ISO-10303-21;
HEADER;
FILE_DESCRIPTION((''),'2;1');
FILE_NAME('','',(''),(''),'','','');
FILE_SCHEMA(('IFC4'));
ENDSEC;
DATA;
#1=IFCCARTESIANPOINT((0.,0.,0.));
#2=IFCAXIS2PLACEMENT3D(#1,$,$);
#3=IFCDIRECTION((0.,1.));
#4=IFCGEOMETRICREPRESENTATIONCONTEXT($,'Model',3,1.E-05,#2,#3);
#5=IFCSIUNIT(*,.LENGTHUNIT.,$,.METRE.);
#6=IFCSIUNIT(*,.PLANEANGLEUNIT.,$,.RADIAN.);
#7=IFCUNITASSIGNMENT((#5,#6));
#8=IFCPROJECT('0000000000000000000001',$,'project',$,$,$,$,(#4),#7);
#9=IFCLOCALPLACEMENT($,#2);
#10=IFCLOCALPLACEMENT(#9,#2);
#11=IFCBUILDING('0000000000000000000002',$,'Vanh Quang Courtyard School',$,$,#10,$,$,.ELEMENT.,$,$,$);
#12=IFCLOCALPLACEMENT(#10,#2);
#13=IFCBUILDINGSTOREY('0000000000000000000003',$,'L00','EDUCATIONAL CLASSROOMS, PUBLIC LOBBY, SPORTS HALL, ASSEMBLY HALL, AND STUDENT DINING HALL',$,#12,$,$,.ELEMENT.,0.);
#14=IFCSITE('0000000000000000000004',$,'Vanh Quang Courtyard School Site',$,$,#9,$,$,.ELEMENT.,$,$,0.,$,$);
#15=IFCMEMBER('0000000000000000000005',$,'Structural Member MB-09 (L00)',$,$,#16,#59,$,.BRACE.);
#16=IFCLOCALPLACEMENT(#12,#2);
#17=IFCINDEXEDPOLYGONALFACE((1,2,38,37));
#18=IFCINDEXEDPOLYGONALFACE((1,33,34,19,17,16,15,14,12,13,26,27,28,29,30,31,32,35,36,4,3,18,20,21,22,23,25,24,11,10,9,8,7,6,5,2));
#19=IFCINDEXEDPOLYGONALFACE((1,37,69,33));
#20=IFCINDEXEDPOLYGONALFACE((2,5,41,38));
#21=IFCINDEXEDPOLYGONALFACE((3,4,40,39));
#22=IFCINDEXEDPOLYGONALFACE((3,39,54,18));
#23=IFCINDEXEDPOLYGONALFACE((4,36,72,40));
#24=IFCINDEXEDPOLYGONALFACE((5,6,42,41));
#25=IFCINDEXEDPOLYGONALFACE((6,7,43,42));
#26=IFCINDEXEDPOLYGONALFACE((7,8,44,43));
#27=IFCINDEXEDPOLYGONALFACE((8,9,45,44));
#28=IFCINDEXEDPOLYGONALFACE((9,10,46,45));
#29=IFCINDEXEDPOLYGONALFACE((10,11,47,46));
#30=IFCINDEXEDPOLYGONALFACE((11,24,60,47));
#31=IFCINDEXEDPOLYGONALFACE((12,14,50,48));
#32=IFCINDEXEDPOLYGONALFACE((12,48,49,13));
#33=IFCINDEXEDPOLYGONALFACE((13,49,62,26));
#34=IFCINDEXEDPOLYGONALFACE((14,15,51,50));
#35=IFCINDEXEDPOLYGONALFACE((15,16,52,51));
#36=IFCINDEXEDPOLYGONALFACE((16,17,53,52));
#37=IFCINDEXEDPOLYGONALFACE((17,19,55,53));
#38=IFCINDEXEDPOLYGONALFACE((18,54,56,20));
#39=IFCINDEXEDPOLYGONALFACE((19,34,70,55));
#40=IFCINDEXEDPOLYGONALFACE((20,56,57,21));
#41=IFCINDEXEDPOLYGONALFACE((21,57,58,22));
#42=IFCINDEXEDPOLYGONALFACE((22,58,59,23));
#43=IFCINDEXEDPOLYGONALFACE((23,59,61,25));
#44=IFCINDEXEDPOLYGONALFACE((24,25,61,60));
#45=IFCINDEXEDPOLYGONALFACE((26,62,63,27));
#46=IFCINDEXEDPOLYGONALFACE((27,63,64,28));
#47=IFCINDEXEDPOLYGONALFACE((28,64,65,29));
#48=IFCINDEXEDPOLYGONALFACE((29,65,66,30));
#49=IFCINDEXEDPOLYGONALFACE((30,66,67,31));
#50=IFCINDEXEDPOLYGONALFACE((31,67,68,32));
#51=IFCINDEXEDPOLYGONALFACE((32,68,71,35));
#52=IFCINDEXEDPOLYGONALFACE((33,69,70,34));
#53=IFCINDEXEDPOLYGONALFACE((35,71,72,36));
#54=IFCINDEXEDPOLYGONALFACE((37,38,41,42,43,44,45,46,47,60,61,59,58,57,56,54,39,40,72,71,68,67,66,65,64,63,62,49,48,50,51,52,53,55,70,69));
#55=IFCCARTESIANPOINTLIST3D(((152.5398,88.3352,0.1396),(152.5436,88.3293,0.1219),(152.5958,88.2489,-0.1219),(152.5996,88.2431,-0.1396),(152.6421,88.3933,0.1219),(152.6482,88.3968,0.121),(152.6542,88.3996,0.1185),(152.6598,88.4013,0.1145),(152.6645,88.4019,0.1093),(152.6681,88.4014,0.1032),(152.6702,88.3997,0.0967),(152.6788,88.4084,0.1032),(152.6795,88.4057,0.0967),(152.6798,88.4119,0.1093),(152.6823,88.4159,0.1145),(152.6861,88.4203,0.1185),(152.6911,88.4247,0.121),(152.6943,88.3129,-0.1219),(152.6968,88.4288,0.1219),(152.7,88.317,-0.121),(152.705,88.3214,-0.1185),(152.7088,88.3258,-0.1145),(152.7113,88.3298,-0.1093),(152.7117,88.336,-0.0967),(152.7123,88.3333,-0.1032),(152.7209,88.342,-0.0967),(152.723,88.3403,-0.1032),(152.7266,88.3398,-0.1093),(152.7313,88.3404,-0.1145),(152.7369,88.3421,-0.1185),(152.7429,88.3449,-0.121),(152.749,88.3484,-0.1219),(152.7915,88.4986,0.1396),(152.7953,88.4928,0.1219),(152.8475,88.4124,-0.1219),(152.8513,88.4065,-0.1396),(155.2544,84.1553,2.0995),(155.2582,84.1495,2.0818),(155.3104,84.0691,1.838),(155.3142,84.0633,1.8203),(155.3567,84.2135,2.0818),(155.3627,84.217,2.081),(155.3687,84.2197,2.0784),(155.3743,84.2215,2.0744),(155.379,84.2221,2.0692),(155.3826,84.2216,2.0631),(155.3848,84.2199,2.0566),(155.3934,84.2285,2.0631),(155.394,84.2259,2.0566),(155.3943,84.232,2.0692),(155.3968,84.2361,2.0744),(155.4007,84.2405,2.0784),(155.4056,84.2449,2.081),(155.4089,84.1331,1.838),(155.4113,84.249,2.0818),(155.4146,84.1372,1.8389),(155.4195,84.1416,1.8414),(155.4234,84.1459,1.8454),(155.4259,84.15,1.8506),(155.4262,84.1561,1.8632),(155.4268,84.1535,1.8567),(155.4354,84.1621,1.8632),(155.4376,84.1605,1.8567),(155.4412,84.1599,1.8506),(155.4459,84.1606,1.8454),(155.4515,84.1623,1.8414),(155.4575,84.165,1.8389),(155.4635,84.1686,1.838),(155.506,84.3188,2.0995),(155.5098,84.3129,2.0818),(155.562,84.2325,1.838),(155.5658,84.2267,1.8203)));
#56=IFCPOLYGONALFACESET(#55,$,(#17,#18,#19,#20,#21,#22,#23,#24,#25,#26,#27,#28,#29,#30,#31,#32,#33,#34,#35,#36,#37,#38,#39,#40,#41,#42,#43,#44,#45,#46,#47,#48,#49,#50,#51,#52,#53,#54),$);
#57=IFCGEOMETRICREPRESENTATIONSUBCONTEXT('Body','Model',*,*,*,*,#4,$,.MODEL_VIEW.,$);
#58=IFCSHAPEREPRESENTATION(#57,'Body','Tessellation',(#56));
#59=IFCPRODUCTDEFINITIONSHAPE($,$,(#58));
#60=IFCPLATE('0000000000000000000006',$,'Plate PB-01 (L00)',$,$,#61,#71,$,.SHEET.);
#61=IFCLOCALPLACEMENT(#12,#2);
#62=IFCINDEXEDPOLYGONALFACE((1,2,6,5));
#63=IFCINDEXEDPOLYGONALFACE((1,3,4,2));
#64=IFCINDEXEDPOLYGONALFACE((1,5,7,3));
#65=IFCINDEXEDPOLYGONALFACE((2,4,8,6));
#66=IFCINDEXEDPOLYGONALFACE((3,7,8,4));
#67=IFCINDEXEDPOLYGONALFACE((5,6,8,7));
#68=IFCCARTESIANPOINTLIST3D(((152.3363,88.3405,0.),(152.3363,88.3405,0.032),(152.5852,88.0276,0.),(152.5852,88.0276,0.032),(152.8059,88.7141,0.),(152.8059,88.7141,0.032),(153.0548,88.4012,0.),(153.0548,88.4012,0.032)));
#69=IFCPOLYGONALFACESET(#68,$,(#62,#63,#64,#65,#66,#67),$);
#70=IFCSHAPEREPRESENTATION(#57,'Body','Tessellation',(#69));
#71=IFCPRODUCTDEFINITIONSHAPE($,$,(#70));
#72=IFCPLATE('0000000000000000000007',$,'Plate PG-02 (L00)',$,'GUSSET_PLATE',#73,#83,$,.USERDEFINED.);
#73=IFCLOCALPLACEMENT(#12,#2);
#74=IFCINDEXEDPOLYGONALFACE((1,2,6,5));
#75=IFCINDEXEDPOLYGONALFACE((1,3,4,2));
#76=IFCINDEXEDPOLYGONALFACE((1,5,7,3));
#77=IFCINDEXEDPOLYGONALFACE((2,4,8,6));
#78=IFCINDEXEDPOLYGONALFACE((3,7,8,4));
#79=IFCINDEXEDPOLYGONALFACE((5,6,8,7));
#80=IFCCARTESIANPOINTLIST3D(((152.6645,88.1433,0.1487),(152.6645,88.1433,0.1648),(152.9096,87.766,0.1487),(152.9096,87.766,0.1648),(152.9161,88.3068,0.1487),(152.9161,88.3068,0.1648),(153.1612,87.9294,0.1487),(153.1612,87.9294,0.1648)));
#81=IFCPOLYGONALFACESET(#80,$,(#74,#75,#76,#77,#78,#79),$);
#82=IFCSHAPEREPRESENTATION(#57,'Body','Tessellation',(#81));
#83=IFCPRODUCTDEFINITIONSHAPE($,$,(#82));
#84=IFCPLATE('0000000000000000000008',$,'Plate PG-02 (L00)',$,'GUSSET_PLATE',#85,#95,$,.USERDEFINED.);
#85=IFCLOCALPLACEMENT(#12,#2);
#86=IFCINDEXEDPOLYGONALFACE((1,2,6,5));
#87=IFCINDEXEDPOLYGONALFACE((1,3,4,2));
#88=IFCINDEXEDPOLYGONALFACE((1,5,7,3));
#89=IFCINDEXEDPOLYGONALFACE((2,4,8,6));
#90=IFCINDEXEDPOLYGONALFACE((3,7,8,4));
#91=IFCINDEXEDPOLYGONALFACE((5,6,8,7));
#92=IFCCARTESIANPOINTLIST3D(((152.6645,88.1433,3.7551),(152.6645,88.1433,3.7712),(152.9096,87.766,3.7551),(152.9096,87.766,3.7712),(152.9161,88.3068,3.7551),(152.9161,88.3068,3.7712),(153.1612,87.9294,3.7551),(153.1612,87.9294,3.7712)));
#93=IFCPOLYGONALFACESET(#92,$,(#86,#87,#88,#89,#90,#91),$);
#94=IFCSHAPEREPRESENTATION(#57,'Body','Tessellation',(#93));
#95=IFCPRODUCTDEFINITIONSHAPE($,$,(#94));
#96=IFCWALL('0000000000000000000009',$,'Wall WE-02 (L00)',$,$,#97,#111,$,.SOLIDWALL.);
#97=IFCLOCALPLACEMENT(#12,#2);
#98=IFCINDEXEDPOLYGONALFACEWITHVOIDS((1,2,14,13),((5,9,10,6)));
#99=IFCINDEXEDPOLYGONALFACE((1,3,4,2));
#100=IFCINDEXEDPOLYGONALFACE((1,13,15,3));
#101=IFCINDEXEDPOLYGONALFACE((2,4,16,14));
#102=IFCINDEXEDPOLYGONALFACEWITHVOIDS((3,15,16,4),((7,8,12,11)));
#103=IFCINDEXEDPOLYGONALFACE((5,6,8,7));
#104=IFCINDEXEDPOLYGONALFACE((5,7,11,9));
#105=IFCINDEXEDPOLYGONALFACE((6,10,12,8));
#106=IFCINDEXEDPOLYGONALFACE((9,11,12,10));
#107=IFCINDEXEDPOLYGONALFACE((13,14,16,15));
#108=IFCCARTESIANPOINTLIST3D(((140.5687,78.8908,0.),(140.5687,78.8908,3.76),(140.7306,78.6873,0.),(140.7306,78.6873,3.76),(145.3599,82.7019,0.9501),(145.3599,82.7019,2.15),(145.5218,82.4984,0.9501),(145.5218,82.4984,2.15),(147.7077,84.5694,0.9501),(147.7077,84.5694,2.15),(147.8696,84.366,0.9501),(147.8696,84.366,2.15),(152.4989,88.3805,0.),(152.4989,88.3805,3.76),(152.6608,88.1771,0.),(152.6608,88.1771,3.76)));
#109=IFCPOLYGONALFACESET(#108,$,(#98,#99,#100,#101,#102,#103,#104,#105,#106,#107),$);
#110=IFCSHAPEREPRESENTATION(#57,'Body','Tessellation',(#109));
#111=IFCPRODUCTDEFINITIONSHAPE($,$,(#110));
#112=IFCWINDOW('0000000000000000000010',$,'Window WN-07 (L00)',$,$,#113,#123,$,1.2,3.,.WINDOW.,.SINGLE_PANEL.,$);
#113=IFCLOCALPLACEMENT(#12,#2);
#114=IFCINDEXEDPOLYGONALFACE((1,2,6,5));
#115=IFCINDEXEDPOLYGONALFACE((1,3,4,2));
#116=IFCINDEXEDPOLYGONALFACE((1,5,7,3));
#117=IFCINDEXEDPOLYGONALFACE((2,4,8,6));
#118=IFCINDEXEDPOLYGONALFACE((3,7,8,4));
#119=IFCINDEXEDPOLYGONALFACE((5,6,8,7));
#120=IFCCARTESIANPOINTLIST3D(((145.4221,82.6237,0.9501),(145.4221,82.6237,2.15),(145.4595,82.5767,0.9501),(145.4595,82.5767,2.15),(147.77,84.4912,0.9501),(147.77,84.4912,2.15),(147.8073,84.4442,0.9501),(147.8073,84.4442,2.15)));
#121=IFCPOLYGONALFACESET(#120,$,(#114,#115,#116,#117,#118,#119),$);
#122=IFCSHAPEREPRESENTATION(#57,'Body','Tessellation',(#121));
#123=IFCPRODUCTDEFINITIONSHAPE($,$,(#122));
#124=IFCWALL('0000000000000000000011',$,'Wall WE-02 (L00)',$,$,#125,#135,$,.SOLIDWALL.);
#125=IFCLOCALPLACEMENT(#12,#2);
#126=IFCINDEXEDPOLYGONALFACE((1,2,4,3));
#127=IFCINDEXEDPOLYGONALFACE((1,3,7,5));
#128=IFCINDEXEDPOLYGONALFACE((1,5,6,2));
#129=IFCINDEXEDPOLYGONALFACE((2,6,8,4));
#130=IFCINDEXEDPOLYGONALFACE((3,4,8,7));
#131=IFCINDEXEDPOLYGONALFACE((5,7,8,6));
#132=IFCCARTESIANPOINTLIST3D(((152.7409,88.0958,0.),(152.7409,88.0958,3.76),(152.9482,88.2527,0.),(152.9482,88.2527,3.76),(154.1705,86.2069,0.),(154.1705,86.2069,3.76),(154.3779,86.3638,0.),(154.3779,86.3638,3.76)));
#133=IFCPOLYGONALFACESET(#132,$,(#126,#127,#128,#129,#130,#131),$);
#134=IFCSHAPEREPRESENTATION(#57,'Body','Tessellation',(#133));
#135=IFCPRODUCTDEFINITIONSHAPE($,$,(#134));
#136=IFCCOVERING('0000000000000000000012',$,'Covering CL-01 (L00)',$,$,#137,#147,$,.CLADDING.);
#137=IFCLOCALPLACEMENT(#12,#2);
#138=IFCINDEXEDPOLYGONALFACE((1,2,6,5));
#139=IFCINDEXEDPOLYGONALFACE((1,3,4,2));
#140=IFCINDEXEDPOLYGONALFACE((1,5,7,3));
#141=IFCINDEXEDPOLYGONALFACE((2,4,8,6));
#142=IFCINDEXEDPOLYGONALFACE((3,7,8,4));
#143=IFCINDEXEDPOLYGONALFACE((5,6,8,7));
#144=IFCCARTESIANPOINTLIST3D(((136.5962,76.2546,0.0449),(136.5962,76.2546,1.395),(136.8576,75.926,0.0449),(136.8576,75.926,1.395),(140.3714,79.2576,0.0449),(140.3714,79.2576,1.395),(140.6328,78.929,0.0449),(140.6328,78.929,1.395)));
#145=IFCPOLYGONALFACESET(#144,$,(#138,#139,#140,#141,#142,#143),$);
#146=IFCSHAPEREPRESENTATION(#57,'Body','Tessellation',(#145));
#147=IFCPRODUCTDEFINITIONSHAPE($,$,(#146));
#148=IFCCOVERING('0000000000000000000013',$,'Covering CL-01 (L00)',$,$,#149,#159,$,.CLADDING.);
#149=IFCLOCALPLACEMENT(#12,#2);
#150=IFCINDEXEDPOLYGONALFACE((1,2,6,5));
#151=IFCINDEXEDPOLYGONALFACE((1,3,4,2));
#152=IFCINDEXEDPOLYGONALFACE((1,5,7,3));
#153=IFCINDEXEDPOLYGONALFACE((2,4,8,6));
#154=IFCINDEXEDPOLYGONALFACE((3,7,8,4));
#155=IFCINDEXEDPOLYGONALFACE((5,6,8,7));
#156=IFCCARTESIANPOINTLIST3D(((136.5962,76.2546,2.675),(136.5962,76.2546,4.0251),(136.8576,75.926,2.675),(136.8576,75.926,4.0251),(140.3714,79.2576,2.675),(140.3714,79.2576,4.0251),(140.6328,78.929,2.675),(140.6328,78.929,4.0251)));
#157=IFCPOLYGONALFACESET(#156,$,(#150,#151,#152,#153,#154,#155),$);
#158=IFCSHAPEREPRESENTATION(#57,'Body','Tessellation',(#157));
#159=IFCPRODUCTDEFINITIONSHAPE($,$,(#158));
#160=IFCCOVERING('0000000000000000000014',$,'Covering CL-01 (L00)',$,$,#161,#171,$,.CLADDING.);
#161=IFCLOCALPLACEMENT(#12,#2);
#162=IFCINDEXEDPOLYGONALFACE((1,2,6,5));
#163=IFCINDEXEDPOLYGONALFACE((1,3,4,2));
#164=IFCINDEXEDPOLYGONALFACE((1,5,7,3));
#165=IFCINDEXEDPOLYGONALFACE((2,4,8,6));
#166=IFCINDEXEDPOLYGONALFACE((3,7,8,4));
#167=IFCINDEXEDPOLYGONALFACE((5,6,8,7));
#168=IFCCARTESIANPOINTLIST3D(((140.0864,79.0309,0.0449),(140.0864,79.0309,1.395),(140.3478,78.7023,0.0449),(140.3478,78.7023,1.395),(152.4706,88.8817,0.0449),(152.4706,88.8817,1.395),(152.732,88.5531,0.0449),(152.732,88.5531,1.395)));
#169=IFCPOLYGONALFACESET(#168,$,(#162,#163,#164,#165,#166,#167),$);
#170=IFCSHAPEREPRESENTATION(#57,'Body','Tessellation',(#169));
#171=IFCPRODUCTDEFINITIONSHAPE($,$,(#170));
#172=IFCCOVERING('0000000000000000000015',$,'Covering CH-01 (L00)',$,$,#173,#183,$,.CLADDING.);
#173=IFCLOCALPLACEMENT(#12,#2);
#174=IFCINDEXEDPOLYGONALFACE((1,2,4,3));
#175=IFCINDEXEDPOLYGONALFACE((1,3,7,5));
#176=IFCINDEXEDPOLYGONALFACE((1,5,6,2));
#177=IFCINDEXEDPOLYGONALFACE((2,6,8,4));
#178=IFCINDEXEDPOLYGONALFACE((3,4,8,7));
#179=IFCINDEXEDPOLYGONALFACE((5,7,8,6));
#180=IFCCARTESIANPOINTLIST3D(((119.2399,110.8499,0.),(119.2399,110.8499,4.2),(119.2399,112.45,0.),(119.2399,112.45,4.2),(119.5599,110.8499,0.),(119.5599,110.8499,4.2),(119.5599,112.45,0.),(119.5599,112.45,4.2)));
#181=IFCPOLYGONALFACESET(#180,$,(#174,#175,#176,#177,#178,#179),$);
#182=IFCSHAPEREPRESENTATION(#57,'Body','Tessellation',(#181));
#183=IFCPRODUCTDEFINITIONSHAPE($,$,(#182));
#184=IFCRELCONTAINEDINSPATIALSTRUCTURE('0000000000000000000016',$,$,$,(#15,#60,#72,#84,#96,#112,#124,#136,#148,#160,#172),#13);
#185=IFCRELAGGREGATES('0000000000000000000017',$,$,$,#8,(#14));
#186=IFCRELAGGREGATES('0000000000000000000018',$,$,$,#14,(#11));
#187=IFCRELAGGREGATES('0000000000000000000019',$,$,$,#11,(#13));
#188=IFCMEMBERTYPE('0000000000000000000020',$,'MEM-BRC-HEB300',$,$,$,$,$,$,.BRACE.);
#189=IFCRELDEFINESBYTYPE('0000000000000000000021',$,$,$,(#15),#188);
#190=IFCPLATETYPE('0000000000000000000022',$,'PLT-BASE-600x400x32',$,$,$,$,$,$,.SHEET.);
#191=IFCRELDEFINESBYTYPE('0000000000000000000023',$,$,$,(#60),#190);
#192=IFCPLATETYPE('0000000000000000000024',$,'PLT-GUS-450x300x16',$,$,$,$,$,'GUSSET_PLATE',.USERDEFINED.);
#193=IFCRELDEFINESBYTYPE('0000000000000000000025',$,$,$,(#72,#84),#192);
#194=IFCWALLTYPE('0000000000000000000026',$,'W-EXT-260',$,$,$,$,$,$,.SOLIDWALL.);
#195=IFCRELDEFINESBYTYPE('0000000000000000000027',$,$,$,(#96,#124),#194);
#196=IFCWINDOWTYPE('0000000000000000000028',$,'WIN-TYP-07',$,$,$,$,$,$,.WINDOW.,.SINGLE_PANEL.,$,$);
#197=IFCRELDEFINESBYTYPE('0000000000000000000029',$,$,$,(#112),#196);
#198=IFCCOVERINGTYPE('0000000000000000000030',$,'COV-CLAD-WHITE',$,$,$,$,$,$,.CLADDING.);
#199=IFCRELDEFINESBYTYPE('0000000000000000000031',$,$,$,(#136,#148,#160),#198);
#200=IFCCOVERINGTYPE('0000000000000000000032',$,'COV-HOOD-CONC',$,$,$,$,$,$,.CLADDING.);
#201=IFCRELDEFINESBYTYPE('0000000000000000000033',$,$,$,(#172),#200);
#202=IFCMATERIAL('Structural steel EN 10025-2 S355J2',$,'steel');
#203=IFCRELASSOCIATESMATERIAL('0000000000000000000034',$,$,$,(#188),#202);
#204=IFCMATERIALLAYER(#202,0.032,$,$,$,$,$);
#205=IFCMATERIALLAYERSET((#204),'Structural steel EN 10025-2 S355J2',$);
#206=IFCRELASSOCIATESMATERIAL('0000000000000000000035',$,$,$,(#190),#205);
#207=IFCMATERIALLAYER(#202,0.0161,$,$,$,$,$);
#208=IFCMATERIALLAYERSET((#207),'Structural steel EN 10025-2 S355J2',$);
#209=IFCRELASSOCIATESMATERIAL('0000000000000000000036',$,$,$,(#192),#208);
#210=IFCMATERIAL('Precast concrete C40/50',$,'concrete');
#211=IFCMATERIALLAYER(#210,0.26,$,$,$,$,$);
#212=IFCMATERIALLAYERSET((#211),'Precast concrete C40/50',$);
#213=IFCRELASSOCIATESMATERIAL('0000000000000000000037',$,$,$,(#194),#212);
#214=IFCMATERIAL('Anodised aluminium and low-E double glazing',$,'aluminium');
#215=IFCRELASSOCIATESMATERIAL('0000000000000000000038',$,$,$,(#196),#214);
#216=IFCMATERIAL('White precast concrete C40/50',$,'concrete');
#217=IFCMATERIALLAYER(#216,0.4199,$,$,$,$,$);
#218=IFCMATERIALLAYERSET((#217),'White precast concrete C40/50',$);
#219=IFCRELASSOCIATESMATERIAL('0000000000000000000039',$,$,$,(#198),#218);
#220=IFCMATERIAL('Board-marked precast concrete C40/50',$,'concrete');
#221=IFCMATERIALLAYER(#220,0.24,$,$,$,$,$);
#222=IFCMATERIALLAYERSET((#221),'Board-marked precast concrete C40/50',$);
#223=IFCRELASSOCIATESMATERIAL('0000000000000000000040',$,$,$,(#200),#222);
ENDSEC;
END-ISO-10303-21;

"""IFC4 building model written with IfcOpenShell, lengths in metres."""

from ifc_helpers import new_model, si_unit, direction, frame, frame_2d, origin, origin_2d, place, context, subcontext, project, spatial, rectangle, i_section, extrude, material, layer, layer_set, material_profile, profile_set, type_object, element, fill, save


model = new_model("IFC4")

# Units and contexts
model_context = context("Model", 3, precision=1e-05, world=origin(), true_north=direction((0.0, 1.0)))
body_context = subcontext(model_context, "Body", "Model", "MODEL_VIEW")
ifc_project = project(units=[si_unit("LENGTHUNIT", "METRE"), si_unit("PLANEANGLEUNIT", "RADIAN")], contexts=[model_context])

# Site, building, storey
site_placement = place(None, origin())
site = spatial("IfcSite", under=ifc_project, at=site_placement, Name="Vanh Quang Courtyard School Site", CompositionType="ELEMENT", RefElevation=0.0)
building_placement = place(site_placement, origin())
building = spatial("IfcBuilding", under=site, at=building_placement, Name="Vanh Quang Courtyard School", CompositionType="ELEMENT")
storey_placement = place(building_placement, origin())
storey = spatial("IfcBuildingStorey", under=building, at=storey_placement, Name="L00", Description="EDUCATIONAL CLASSROOMS, PUBLIC LOBBY, SPORTS HALL, ASSEMBLY HALL, AND STUDENT DINING HALL", CompositionType="ELEMENT", Elevation=0.0)

# Shared definitions
ifc_material_1 = material(Name="Structural steel EN 10025-2 S355J2", Category="steel")

# Member
ifc_material_profile_1 = material_profile(ifc_material_1, i_section(OverallWidth=0.3, OverallDepth=0.3, WebThickness=0.011, FlangeThickness=0.019, FilletRadius=0.0271, at=origin_2d()), Name="HEB 300")
ifc_profile_set_1 = profile_set([ifc_material_profile_1], Name="Structural steel EN 10025-2 S355J2")
member_type = type_object("IfcMemberType", Name="MEM-BRC-HEB300", PredefinedType="BRACE", material=ifc_profile_set_1)
member_placement = place(storey_placement, frame((152.6956, 88.3708, 0.0), z_axis=(0.506872, -0.78048, 0.365966), x_axis=(0.83866, 0.544656, 0.0)))
element("IfcMember", 1, at=member_placement, inside=storey, type_object=member_type, Name="Structural Member MB-09 (L00)", PredefinedType="BRACE", context=body_context, shape_type="SweptSolid", body=[
    extrude(i_section(OverallWidth=0.3, OverallDepth=0.3, WebThickness=0.011, FlangeThickness=0.019, FilletRadius=0.0271, at=origin_2d()), origin(), (0.0, 0.0, 1.0), 5.3555),
])

# Plates
ifc_layer_1 = layer(ifc_material_1, 0.032)
ifc_layer_set_1 = layer_set([ifc_layer_1], Name="Structural steel EN 10025-2 S355J2")
plate_type_1 = type_object("IfcPlateType", Name="PLT-BASE-600x400x32", PredefinedType="SHEET", material=ifc_layer_set_1)
plate_placement = place(storey_placement, frame((152.6956, 88.3708, 0.0), z_axis=(0.0, 0.0, 1.0), x_axis=(0.782608, 0.622515, 0.0)))
element("IfcPlate", 2, at=plate_placement, inside=storey, type_object=plate_type_1, Name="Plate PB-01 (L00)", PredefinedType="SHEET", context=body_context, shape_type="SweptSolid", body=[
    extrude(rectangle(XDim=0.6001, YDim=0.3999, at=origin_2d()), origin(), (0.0, 0.0, 1.0), 0.032),
])
ifc_layer_2 = layer(ifc_material_1, 0.0161)
ifc_layer_set_2 = layer_set([ifc_layer_2], Name="Structural steel EN 10025-2 S355J2")
plate_type_2 = type_object("IfcPlateType", Name="PLT-GUS-450x300x16", ElementType="GUSSET_PLATE", PredefinedType="USERDEFINED", material=ifc_layer_set_2)
for number, where, z_axis, x_axis, name in (
    (3, (152.9128, 88.0364, 0.1487), (0.0, 0.0, 1.0), (-0.544639, 0.838671, 0.0), "Plate PG-02 (L00)"),
    (4, (152.9128, 88.0364, 3.7551), (0.0, 0.0, 1.0), (-0.544639, 0.838671, 0.0), "Plate PG-02 (L00)"),
):
    element("IfcPlate", number, at=place(storey_placement, frame(where, z_axis=z_axis, x_axis=x_axis)), inside=storey, type_object=plate_type_2, Name=name, ObjectType="GUSSET_PLATE", PredefinedType="USERDEFINED", context=body_context, shape_type="SweptSolid", body=[
        extrude(rectangle(XDim=0.45, YDim=0.3, at=origin_2d()), origin(), (0.0, 0.0, 1.0), 0.0161),
    ])

# Wall, opening, window
ifc_material_2 = material(Name="Precast concrete C40/50", Category="concrete")
ifc_layer_3 = layer(ifc_material_2, 0.26)
ifc_layer_set_3 = layer_set([ifc_layer_3], Name="Precast concrete C40/50")
wall_type = type_object("IfcWallType", Name="W-EXT-260", PredefinedType="SOLIDWALL", material=ifc_layer_set_3)
wall_1_placement = place(storey_placement, frame((140.6497, 78.7891, 0.0), z_axis=(0.0, 0.0, 1.0), x_axis=(0.782606, 0.622517, 0.0)))
wall_1 = element("IfcWall", 5, at=wall_1_placement, inside=storey, type_object=wall_type, Name="Wall WE-02 (L00)", PredefinedType="SOLIDWALL", context=body_context, shape_type="SweptSolid", body=[
    extrude(rectangle(XDim=15.2441, YDim=0.26, at=frame_2d((7.6221, 0.0))), origin(), (0.0, 0.0, 1.0), 3.76),
])
opening_placement = place(wall_1_placement, frame((6.1221, 0.0, 0.95)))
opening = element("IfcOpeningElement", 6, at=opening_placement, cuts=wall_1, PredefinedType="OPENING", context=body_context, shape_type="SweptSolid", body=[
    extrude(rectangle(XDim=3.0, YDim=1.2, at=frame_2d((1.5, 0.6001))), frame((0.0, 0.1401, 0.0), z_axis=(0.0, -1.0, 0.0), x_axis=(1.0, 0.0, 0.0)), (0.0, 0.0, 1.0), 0.28),
])
ifc_material_3 = material(Name="Anodised aluminium and low-E double glazing", Category="aluminium")
window_type = type_object("IfcWindowType", Name="WIN-TYP-07", PartitioningType="SINGLE_PANEL", PredefinedType="WINDOW", material=ifc_material_3)
window_placement = place(opening_placement, origin())
window = element("IfcWindow", 7, at=window_placement, inside=storey, type_object=window_type, Name="Window WN-07 (L00)", OverallHeight=1.2, OverallWidth=3.0, PartitioningType="SINGLE_PANEL", PredefinedType="WINDOW", context=body_context, shape_type="SweptSolid", body=[
    extrude(rectangle(XDim=3.0, YDim=1.2, at=frame_2d((1.5, 0.6001))), frame((0.0, 0.03, 0.0), z_axis=(0.0, -1.0, 0.0), x_axis=(1.0, 0.0, 0.0)), (0.0, 0.0, 1.0), 0.0601),
])
fill(opening, window)

# Wall
wall_2_placement = place(storey_placement, frame((152.8445, 88.1743, 0.0), z_axis=(0.0, 0.0, 1.0), x_axis=(0.603506, -0.797358, 0.0)))
element("IfcWall", 8, at=wall_2_placement, inside=storey, type_object=wall_type, Name="Wall WE-02 (L00)", PredefinedType="SOLIDWALL", context=body_context, shape_type="SweptSolid", body=[
    extrude(rectangle(XDim=2.3689, YDim=0.26, at=frame_2d((1.1846, 0.0))), origin(), (0.0, 0.0, 1.0), 3.76),
])

# Coverings
ifc_material_4 = material(Name="White precast concrete C40/50", Category="concrete")
ifc_layer_4 = layer(ifc_material_4, 0.4199)
ifc_layer_set_4 = layer_set([ifc_layer_4], Name="White precast concrete C40/50")
covering_type_1 = type_object("IfcCoveringType", Name="COV-CLAD-WHITE", PredefinedType="CLADDING", material=ifc_layer_set_4)
for number, where, z_axis, x_axis, name in (
    (9, (138.6145, 77.5918, 0.0449), (0.0, 0.0, 1.0), (0.782608, 0.622515, 0.0), "Covering CL-01 (L00)"),
    (10, (138.6145, 77.5918, 2.675), (0.0, 0.0, 1.0), (0.782608, 0.622515, 0.0), "Covering CL-01 (L00)"),
):
    element("IfcCovering", number, at=place(storey_placement, frame(where, z_axis=z_axis, x_axis=x_axis)), inside=storey, type_object=covering_type_1, Name=name, PredefinedType="CLADDING", context=body_context, shape_type="SweptSolid", body=[
        extrude(rectangle(XDim=4.824, YDim=0.4199, at=origin_2d()), origin(), (0.0, 0.0, 1.0), 1.3501),
    ])
covering_1_placement = place(storey_placement, frame((146.4092, 83.792, 0.0449), z_axis=(0.0, 0.0, 1.0), x_axis=(0.782608, 0.622515, 0.0)))
element("IfcCovering", 11, at=covering_1_placement, inside=storey, type_object=covering_type_1, Name="Covering CL-01 (L00)", PredefinedType="CLADDING", context=body_context, shape_type="SweptSolid", body=[
    extrude(rectangle(XDim=15.8242, YDim=0.4199, at=origin_2d()), origin(), (0.0, 0.0, 1.0), 1.3501),
])
ifc_material_5 = material(Name="Board-marked precast concrete C40/50", Category="concrete")
ifc_layer_5 = layer(ifc_material_5, 0.24)
ifc_layer_set_5 = layer_set([ifc_layer_5], Name="Board-marked precast concrete C40/50")
covering_type_2 = type_object("IfcCoveringType", Name="COV-HOOD-CONC", PredefinedType="CLADDING", material=ifc_layer_set_5)
covering_2_placement = place(storey_placement, frame((119.3999, 111.6499, 0.0), z_axis=(0.0, 0.0, 1.0), x_axis=(0.0, 1.0, 0.0)))
element("IfcCovering", 12, at=covering_2_placement, inside=storey, type_object=covering_type_2, Name="Covering CH-01 (L00)", PredefinedType="CLADDING", context=body_context, shape_type="SweptSolid", body=[
    extrude(rectangle(XDim=1.6001, YDim=0.3201, at=origin_2d()), origin(), (0.0, 0.0, 1.0), 4.2),
])

save(model, "model.ifc")
